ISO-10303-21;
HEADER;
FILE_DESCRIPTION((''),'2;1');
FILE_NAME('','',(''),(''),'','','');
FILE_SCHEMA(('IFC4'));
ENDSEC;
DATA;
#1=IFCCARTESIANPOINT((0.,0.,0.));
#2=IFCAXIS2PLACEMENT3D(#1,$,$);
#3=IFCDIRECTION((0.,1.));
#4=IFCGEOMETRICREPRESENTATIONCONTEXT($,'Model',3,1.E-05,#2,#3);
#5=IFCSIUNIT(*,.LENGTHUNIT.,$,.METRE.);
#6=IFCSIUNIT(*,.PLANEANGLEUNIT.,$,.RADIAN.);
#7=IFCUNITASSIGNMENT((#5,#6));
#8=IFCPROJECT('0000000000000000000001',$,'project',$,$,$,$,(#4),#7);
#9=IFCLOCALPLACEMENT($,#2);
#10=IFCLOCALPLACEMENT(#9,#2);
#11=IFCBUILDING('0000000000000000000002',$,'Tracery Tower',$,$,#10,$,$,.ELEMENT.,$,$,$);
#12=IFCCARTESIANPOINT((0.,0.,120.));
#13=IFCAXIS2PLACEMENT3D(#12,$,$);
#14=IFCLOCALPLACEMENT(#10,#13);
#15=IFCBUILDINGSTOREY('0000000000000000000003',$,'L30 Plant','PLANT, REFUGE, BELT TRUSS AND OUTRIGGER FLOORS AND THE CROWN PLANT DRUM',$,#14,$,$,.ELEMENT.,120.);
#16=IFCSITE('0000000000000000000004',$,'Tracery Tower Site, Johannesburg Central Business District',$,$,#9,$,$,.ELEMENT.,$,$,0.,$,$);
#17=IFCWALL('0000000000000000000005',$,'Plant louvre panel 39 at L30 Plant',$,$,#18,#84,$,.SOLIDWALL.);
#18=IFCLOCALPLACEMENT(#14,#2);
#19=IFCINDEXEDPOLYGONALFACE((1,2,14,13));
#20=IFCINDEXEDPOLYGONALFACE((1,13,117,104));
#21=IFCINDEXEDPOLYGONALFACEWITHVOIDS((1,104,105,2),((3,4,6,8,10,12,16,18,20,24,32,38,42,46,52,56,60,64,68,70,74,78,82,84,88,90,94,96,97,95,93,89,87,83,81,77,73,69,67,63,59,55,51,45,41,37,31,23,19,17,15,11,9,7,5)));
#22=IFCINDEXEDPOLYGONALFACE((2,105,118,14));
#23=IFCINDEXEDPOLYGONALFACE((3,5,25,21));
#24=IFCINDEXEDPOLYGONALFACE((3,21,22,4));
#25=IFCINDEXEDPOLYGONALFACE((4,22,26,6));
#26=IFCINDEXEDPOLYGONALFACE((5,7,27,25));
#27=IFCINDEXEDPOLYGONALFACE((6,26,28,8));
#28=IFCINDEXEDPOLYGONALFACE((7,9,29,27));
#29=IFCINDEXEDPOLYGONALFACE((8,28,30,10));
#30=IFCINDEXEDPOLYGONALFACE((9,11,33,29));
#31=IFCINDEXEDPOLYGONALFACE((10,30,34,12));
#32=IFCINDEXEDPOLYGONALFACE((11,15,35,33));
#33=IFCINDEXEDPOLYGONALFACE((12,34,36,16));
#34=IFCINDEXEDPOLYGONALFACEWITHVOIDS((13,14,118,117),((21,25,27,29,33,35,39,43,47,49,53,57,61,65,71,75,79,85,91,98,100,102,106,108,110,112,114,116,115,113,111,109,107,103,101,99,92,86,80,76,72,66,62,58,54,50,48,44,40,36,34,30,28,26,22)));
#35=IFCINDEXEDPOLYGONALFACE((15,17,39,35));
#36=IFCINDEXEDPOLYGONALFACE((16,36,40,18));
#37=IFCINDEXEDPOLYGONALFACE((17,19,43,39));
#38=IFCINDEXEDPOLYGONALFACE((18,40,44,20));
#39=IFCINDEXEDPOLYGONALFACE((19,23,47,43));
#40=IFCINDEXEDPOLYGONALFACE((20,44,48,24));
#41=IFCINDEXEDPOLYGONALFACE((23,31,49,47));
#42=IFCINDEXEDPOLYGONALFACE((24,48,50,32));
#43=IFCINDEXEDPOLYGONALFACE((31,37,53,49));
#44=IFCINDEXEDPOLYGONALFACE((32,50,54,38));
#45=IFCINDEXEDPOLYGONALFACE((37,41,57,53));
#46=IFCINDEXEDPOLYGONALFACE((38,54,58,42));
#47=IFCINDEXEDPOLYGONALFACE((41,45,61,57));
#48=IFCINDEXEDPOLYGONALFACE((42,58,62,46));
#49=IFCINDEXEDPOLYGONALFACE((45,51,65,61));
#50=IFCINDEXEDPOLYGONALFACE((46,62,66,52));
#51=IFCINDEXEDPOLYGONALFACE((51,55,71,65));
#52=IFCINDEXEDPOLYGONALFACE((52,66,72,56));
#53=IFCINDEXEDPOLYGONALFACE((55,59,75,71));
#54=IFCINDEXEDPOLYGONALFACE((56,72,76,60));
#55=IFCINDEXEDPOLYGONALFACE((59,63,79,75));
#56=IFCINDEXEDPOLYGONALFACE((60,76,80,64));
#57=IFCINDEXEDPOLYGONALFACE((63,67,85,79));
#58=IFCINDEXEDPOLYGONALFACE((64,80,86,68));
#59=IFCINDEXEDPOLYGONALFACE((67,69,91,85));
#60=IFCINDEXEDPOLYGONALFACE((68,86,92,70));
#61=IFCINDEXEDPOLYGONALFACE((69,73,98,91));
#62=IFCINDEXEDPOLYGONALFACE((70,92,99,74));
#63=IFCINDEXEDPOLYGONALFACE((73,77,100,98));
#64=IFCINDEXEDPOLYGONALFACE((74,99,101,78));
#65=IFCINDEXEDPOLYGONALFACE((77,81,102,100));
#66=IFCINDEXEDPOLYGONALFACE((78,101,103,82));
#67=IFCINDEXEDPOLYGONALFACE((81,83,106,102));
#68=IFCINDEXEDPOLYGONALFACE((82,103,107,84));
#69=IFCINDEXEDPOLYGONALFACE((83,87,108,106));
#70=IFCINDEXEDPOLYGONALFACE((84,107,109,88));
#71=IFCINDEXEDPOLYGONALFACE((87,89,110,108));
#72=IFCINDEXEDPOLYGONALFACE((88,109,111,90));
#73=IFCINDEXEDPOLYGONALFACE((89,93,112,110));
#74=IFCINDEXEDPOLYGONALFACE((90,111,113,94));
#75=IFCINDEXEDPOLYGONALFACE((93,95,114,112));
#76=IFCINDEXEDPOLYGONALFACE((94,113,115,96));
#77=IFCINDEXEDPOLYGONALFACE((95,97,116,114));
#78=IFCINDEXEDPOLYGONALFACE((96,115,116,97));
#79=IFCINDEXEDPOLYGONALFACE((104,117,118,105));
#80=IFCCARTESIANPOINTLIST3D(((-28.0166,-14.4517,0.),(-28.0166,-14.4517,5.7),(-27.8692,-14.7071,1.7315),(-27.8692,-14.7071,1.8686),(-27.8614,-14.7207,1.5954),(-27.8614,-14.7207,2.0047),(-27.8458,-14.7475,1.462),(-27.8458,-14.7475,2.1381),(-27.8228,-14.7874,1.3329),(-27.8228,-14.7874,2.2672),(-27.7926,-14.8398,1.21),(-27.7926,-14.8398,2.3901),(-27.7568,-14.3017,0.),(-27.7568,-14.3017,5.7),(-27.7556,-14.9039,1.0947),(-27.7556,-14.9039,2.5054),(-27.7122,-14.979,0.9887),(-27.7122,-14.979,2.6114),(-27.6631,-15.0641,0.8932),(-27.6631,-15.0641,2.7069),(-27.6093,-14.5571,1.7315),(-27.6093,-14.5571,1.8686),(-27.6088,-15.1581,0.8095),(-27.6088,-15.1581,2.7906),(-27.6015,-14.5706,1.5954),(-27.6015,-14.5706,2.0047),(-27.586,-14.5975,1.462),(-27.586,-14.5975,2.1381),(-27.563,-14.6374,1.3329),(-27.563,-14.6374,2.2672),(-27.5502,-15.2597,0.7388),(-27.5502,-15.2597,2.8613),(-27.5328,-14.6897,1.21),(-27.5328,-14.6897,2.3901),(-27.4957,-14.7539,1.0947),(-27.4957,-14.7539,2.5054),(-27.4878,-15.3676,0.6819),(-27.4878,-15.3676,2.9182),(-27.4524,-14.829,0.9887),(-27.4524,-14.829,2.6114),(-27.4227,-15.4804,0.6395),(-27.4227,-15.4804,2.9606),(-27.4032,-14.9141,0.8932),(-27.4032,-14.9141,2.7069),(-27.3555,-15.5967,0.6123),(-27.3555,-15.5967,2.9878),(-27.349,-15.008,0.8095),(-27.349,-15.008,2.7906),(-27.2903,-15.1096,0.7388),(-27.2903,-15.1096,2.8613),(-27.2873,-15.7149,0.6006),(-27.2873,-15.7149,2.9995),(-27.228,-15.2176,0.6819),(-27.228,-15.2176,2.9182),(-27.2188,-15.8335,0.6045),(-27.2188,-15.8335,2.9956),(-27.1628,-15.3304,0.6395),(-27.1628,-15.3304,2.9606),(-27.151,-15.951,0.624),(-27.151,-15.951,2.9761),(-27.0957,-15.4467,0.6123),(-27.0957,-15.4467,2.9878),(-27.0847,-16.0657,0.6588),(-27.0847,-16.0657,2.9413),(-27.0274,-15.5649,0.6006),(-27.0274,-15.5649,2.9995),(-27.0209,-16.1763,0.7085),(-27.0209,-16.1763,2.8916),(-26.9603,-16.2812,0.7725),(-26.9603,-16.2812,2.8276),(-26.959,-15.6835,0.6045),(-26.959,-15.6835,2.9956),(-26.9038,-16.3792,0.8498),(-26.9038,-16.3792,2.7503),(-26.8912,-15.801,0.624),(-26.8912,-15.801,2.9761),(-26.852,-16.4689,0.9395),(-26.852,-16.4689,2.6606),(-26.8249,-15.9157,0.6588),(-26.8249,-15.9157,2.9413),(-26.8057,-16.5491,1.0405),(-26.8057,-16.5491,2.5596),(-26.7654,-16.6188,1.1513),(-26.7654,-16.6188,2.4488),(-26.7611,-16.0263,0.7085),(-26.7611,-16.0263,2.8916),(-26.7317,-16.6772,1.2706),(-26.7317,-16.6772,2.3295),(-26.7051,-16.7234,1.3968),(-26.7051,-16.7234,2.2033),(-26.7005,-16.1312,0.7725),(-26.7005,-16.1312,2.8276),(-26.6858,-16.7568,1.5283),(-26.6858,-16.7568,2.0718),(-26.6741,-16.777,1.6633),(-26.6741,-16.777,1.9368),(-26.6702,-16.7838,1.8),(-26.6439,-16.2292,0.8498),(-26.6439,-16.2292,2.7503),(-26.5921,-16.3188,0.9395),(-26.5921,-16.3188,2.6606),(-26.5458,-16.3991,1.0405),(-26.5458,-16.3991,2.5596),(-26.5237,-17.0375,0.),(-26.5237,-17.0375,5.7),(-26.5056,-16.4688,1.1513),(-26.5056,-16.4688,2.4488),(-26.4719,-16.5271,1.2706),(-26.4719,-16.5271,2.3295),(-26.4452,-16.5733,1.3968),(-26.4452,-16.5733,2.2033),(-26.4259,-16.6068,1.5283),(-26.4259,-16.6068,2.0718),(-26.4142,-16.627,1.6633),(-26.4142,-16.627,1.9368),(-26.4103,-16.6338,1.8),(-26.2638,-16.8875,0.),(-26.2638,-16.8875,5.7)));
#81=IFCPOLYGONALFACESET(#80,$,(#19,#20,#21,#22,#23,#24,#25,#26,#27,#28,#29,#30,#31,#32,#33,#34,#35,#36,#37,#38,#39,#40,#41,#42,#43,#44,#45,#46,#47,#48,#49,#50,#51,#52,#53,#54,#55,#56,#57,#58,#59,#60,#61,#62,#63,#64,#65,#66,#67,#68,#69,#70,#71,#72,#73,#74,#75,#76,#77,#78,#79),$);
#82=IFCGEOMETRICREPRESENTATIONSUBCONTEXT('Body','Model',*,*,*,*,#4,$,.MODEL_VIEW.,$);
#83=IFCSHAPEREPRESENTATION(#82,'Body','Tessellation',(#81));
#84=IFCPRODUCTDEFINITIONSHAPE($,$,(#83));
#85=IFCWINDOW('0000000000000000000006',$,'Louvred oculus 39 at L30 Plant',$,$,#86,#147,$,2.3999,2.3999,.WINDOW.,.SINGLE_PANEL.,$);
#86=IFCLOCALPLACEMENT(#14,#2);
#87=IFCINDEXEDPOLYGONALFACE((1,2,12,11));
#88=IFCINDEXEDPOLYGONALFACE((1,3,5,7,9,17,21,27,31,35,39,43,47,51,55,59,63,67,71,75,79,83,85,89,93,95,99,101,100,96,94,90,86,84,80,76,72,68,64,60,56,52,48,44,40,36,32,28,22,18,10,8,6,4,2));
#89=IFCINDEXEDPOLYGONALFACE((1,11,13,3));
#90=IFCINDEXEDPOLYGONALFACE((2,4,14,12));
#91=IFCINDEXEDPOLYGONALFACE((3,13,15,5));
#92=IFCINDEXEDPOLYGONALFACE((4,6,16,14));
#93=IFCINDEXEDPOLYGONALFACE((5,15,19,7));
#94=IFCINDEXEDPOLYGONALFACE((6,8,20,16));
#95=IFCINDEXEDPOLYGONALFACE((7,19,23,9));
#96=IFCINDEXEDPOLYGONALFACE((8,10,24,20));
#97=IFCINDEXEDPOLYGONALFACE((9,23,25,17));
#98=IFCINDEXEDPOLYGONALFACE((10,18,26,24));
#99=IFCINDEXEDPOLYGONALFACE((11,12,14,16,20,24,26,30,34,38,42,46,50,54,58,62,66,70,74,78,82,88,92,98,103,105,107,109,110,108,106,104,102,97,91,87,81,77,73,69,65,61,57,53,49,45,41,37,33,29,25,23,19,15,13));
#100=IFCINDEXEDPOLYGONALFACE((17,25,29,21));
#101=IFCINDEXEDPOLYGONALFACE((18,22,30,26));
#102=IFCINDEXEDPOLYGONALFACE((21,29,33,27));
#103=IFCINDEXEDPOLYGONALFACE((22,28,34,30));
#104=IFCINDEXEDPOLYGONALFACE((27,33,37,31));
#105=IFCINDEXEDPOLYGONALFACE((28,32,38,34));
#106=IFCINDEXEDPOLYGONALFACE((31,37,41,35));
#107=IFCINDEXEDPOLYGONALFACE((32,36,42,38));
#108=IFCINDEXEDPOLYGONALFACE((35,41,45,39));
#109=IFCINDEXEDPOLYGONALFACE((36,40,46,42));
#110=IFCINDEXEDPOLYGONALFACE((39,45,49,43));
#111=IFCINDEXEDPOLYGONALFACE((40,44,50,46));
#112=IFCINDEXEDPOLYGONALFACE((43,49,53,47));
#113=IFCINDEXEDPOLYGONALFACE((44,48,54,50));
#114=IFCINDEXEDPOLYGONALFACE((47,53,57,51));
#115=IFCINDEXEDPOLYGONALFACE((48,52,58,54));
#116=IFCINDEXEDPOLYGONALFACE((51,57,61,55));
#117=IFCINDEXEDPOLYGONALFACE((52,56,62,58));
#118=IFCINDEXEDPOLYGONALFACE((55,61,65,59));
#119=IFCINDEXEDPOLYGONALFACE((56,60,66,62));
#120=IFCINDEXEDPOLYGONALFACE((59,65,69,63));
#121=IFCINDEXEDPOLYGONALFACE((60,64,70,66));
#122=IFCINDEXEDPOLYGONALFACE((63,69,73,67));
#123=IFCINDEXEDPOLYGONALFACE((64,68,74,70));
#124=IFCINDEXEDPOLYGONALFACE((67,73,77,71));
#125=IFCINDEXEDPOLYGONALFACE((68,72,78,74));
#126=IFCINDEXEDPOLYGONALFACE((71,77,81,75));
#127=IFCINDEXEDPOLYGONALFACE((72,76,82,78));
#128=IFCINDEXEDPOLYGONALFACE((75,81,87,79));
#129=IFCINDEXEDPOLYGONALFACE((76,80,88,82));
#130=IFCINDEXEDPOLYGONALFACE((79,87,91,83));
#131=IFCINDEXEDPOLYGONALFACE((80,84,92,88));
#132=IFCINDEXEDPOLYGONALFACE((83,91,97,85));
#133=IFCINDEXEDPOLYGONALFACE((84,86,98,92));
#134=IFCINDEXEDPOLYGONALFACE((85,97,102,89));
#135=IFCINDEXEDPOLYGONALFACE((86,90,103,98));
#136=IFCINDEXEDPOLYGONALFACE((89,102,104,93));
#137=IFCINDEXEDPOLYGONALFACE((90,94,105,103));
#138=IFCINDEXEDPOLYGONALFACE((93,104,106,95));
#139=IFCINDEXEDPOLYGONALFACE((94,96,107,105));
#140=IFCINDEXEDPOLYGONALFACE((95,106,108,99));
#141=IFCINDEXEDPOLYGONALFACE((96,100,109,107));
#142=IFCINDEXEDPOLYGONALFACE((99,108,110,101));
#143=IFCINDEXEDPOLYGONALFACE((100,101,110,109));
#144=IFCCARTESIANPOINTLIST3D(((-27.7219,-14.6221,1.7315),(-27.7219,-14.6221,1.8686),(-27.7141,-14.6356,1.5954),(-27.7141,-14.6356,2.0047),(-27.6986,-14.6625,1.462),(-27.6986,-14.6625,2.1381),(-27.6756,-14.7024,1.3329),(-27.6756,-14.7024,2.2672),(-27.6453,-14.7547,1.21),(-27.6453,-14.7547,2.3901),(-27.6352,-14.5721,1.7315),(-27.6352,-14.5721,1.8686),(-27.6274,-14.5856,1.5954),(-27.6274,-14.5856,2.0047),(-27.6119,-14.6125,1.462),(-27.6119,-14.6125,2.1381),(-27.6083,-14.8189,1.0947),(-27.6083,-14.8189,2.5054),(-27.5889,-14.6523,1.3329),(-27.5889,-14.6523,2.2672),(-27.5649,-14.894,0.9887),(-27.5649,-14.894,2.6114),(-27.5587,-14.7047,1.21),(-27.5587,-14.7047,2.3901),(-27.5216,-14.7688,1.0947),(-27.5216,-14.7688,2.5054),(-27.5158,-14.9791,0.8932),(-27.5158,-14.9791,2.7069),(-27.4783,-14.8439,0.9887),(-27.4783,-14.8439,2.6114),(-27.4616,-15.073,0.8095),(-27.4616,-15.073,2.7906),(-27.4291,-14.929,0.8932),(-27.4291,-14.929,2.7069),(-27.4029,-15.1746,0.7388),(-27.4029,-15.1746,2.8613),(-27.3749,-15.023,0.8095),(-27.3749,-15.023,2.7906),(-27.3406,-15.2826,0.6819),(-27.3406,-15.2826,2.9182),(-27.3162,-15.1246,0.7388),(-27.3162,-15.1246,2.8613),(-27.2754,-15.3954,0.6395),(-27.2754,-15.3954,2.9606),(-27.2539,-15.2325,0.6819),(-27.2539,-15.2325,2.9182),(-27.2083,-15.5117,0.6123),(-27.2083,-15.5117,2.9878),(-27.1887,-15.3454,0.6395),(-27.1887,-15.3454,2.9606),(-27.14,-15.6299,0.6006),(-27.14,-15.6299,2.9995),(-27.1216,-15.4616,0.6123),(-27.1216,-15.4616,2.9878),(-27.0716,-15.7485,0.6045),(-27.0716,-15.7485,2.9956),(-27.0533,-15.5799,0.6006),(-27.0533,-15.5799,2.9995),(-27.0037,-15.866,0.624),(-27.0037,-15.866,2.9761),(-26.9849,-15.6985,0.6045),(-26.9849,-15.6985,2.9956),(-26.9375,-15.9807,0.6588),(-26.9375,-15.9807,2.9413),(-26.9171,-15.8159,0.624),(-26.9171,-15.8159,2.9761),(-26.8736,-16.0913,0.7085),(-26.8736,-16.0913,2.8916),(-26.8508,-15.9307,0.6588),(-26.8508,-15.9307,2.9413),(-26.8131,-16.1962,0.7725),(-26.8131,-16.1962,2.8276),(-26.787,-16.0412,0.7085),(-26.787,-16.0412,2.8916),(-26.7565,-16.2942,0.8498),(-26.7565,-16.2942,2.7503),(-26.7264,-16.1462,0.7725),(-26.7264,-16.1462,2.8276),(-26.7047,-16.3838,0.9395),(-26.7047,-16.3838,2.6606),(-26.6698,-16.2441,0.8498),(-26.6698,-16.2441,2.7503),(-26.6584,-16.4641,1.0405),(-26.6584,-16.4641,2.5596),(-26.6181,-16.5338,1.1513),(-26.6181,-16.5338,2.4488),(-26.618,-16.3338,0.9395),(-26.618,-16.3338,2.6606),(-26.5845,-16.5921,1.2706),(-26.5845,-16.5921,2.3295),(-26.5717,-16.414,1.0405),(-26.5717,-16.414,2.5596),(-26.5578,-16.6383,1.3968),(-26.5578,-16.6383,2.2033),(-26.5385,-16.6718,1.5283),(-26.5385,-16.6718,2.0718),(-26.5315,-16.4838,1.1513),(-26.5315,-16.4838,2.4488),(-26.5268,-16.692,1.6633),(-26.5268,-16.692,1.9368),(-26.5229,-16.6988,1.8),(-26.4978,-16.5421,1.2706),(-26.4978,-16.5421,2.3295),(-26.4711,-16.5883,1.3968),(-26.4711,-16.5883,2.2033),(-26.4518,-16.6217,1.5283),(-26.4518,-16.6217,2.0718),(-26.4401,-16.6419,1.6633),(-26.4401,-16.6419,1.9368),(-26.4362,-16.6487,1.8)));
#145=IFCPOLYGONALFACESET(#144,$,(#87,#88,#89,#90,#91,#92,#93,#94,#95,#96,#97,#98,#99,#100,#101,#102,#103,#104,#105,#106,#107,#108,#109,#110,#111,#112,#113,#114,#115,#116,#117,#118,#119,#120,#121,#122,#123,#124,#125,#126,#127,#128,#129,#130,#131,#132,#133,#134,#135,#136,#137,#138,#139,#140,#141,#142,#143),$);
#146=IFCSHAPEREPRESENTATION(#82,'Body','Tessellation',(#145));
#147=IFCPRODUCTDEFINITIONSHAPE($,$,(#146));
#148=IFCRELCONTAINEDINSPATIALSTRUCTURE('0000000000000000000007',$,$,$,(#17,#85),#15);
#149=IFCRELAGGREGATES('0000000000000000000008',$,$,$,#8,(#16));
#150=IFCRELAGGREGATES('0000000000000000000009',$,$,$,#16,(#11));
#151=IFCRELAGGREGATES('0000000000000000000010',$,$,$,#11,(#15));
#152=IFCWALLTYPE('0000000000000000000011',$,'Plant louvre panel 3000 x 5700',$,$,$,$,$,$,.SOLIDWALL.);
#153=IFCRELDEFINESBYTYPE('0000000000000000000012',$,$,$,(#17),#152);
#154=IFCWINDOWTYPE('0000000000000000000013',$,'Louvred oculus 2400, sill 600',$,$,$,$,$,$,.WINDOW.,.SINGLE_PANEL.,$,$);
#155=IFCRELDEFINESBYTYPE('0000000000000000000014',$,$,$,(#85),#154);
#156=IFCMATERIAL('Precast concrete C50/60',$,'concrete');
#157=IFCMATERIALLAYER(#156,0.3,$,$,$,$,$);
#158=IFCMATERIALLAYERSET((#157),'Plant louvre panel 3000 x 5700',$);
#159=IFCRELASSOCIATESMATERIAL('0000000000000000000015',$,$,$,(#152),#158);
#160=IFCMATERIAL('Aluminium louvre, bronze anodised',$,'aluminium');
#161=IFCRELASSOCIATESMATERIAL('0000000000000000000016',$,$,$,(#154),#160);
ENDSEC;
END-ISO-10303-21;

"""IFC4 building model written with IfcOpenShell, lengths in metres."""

from ifc_helpers import new_model, si_unit, direction, frame, frame_2d, origin, origin_2d, place, context, subcontext, project, spatial, rectangle, circle, extrude, material, layer, layer_set, type_object, element, fill, save


model = new_model("IFC4")

# Units and contexts
model_context = context("Model", 3, precision=1e-05, world=origin(), true_north=direction((0.0, 1.0)))
body_context = subcontext(model_context, "Body", "Model", "MODEL_VIEW")
ifc_project = project(units=[si_unit("LENGTHUNIT", "METRE"), si_unit("PLANEANGLEUNIT", "RADIAN")], contexts=[model_context])

# Site, building, storey
site_placement = place(None, origin())
site = spatial("IfcSite", under=ifc_project, at=site_placement, Name="Tracery Tower Site, Johannesburg Central Business District", CompositionType="ELEMENT", RefElevation=0.0)
building_placement = place(site_placement, origin())
building = spatial("IfcBuilding", under=site, at=building_placement, Name="Tracery Tower", CompositionType="ELEMENT")
storey_placement = place(building_placement, frame((0.0, 0.0, 120.0)))
storey = spatial("IfcBuildingStorey", under=building, at=storey_placement, Name="L30 Plant", Description="PLANT, REFUGE, BELT TRUSS AND OUTRIGGER FLOORS AND THE CROWN PLANT DRUM", CompositionType="ELEMENT", Elevation=120.0)

# Wall, opening, window
ifc_material_1 = material(Name="Precast concrete C50/60", Category="concrete")
ifc_layer_1 = layer(ifc_material_1, 0.3)
ifc_layer_set_1 = layer_set([ifc_layer_1], Name="Plant louvre panel 3000 x 5700")
wall_type_1 = type_object("IfcWallType", Name="Plant louvre panel 3000 x 5700", PredefinedType="SOLIDWALL", material=ifc_layer_set_1)
wall_1_placement = place(storey_placement, frame((-27.8867, -14.3767, 0.0), z_axis=(0.0, 0.0, 1.0), x_axis=(0.500017, -0.866015, 0.0)))
wall_1 = element("IfcWall", 1, at=wall_1_placement, inside=storey, type_object=wall_type_1, Name="Plant louvre panel 39 at L30 Plant", PredefinedType="SOLIDWALL", context=body_context, shape_type="SweptSolid", body=[
    extrude(rectangle(XDim=2.9858, YDim=0.3, at=frame_2d((1.4929, 0.0))), origin(), (0.0, 0.0, 1.0), 5.7),
])
opening_1_placement = place(wall_1_placement, frame((1.4929, 0.0, 1.8)))
opening_1 = element("IfcOpeningElement", 2, at=opening_1_placement, cuts=wall_1, PredefinedType="OPENING", context=body_context, shape_type="SweptSolid", body=[
    extrude(circle(Radius=1.2, at=origin_2d()), frame((0.0, 0.1599, 0.0), z_axis=(0.0, -1.0, 0.0), x_axis=(1.0, 0.0, 0.0)), (0.0, 0.0, 1.0), 0.3201),
])
ifc_material_2 = material(Name="Aluminium louvre, bronze anodised", Category="aluminium")
window_type = type_object("IfcWindowType", Name="Louvred oculus 2400, sill 600", PartitioningType="SINGLE_PANEL", PredefinedType="WINDOW", material=ifc_material_2)
window_1_placement = place(opening_1_placement, origin())
window_1 = element("IfcWindow", 3, at=window_1_placement, inside=storey, type_object=window_type, Name="Louvred oculus 39 at L30 Plant", OverallHeight=2.3999, OverallWidth=2.3999, PartitioningType="SINGLE_PANEL", PredefinedType="WINDOW", context=body_context, shape_type="SweptSolid", body=[
    extrude(circle(Radius=1.2, at=origin_2d()), frame((0.0, 0.1201, 0.0), z_axis=(0.0, -1.0, 0.0), x_axis=(1.0, 0.0, 0.0)), (0.0, 0.0, 1.0), 0.1001),
])
fill(opening_1, window_1)

save(model, "model.ifc")
